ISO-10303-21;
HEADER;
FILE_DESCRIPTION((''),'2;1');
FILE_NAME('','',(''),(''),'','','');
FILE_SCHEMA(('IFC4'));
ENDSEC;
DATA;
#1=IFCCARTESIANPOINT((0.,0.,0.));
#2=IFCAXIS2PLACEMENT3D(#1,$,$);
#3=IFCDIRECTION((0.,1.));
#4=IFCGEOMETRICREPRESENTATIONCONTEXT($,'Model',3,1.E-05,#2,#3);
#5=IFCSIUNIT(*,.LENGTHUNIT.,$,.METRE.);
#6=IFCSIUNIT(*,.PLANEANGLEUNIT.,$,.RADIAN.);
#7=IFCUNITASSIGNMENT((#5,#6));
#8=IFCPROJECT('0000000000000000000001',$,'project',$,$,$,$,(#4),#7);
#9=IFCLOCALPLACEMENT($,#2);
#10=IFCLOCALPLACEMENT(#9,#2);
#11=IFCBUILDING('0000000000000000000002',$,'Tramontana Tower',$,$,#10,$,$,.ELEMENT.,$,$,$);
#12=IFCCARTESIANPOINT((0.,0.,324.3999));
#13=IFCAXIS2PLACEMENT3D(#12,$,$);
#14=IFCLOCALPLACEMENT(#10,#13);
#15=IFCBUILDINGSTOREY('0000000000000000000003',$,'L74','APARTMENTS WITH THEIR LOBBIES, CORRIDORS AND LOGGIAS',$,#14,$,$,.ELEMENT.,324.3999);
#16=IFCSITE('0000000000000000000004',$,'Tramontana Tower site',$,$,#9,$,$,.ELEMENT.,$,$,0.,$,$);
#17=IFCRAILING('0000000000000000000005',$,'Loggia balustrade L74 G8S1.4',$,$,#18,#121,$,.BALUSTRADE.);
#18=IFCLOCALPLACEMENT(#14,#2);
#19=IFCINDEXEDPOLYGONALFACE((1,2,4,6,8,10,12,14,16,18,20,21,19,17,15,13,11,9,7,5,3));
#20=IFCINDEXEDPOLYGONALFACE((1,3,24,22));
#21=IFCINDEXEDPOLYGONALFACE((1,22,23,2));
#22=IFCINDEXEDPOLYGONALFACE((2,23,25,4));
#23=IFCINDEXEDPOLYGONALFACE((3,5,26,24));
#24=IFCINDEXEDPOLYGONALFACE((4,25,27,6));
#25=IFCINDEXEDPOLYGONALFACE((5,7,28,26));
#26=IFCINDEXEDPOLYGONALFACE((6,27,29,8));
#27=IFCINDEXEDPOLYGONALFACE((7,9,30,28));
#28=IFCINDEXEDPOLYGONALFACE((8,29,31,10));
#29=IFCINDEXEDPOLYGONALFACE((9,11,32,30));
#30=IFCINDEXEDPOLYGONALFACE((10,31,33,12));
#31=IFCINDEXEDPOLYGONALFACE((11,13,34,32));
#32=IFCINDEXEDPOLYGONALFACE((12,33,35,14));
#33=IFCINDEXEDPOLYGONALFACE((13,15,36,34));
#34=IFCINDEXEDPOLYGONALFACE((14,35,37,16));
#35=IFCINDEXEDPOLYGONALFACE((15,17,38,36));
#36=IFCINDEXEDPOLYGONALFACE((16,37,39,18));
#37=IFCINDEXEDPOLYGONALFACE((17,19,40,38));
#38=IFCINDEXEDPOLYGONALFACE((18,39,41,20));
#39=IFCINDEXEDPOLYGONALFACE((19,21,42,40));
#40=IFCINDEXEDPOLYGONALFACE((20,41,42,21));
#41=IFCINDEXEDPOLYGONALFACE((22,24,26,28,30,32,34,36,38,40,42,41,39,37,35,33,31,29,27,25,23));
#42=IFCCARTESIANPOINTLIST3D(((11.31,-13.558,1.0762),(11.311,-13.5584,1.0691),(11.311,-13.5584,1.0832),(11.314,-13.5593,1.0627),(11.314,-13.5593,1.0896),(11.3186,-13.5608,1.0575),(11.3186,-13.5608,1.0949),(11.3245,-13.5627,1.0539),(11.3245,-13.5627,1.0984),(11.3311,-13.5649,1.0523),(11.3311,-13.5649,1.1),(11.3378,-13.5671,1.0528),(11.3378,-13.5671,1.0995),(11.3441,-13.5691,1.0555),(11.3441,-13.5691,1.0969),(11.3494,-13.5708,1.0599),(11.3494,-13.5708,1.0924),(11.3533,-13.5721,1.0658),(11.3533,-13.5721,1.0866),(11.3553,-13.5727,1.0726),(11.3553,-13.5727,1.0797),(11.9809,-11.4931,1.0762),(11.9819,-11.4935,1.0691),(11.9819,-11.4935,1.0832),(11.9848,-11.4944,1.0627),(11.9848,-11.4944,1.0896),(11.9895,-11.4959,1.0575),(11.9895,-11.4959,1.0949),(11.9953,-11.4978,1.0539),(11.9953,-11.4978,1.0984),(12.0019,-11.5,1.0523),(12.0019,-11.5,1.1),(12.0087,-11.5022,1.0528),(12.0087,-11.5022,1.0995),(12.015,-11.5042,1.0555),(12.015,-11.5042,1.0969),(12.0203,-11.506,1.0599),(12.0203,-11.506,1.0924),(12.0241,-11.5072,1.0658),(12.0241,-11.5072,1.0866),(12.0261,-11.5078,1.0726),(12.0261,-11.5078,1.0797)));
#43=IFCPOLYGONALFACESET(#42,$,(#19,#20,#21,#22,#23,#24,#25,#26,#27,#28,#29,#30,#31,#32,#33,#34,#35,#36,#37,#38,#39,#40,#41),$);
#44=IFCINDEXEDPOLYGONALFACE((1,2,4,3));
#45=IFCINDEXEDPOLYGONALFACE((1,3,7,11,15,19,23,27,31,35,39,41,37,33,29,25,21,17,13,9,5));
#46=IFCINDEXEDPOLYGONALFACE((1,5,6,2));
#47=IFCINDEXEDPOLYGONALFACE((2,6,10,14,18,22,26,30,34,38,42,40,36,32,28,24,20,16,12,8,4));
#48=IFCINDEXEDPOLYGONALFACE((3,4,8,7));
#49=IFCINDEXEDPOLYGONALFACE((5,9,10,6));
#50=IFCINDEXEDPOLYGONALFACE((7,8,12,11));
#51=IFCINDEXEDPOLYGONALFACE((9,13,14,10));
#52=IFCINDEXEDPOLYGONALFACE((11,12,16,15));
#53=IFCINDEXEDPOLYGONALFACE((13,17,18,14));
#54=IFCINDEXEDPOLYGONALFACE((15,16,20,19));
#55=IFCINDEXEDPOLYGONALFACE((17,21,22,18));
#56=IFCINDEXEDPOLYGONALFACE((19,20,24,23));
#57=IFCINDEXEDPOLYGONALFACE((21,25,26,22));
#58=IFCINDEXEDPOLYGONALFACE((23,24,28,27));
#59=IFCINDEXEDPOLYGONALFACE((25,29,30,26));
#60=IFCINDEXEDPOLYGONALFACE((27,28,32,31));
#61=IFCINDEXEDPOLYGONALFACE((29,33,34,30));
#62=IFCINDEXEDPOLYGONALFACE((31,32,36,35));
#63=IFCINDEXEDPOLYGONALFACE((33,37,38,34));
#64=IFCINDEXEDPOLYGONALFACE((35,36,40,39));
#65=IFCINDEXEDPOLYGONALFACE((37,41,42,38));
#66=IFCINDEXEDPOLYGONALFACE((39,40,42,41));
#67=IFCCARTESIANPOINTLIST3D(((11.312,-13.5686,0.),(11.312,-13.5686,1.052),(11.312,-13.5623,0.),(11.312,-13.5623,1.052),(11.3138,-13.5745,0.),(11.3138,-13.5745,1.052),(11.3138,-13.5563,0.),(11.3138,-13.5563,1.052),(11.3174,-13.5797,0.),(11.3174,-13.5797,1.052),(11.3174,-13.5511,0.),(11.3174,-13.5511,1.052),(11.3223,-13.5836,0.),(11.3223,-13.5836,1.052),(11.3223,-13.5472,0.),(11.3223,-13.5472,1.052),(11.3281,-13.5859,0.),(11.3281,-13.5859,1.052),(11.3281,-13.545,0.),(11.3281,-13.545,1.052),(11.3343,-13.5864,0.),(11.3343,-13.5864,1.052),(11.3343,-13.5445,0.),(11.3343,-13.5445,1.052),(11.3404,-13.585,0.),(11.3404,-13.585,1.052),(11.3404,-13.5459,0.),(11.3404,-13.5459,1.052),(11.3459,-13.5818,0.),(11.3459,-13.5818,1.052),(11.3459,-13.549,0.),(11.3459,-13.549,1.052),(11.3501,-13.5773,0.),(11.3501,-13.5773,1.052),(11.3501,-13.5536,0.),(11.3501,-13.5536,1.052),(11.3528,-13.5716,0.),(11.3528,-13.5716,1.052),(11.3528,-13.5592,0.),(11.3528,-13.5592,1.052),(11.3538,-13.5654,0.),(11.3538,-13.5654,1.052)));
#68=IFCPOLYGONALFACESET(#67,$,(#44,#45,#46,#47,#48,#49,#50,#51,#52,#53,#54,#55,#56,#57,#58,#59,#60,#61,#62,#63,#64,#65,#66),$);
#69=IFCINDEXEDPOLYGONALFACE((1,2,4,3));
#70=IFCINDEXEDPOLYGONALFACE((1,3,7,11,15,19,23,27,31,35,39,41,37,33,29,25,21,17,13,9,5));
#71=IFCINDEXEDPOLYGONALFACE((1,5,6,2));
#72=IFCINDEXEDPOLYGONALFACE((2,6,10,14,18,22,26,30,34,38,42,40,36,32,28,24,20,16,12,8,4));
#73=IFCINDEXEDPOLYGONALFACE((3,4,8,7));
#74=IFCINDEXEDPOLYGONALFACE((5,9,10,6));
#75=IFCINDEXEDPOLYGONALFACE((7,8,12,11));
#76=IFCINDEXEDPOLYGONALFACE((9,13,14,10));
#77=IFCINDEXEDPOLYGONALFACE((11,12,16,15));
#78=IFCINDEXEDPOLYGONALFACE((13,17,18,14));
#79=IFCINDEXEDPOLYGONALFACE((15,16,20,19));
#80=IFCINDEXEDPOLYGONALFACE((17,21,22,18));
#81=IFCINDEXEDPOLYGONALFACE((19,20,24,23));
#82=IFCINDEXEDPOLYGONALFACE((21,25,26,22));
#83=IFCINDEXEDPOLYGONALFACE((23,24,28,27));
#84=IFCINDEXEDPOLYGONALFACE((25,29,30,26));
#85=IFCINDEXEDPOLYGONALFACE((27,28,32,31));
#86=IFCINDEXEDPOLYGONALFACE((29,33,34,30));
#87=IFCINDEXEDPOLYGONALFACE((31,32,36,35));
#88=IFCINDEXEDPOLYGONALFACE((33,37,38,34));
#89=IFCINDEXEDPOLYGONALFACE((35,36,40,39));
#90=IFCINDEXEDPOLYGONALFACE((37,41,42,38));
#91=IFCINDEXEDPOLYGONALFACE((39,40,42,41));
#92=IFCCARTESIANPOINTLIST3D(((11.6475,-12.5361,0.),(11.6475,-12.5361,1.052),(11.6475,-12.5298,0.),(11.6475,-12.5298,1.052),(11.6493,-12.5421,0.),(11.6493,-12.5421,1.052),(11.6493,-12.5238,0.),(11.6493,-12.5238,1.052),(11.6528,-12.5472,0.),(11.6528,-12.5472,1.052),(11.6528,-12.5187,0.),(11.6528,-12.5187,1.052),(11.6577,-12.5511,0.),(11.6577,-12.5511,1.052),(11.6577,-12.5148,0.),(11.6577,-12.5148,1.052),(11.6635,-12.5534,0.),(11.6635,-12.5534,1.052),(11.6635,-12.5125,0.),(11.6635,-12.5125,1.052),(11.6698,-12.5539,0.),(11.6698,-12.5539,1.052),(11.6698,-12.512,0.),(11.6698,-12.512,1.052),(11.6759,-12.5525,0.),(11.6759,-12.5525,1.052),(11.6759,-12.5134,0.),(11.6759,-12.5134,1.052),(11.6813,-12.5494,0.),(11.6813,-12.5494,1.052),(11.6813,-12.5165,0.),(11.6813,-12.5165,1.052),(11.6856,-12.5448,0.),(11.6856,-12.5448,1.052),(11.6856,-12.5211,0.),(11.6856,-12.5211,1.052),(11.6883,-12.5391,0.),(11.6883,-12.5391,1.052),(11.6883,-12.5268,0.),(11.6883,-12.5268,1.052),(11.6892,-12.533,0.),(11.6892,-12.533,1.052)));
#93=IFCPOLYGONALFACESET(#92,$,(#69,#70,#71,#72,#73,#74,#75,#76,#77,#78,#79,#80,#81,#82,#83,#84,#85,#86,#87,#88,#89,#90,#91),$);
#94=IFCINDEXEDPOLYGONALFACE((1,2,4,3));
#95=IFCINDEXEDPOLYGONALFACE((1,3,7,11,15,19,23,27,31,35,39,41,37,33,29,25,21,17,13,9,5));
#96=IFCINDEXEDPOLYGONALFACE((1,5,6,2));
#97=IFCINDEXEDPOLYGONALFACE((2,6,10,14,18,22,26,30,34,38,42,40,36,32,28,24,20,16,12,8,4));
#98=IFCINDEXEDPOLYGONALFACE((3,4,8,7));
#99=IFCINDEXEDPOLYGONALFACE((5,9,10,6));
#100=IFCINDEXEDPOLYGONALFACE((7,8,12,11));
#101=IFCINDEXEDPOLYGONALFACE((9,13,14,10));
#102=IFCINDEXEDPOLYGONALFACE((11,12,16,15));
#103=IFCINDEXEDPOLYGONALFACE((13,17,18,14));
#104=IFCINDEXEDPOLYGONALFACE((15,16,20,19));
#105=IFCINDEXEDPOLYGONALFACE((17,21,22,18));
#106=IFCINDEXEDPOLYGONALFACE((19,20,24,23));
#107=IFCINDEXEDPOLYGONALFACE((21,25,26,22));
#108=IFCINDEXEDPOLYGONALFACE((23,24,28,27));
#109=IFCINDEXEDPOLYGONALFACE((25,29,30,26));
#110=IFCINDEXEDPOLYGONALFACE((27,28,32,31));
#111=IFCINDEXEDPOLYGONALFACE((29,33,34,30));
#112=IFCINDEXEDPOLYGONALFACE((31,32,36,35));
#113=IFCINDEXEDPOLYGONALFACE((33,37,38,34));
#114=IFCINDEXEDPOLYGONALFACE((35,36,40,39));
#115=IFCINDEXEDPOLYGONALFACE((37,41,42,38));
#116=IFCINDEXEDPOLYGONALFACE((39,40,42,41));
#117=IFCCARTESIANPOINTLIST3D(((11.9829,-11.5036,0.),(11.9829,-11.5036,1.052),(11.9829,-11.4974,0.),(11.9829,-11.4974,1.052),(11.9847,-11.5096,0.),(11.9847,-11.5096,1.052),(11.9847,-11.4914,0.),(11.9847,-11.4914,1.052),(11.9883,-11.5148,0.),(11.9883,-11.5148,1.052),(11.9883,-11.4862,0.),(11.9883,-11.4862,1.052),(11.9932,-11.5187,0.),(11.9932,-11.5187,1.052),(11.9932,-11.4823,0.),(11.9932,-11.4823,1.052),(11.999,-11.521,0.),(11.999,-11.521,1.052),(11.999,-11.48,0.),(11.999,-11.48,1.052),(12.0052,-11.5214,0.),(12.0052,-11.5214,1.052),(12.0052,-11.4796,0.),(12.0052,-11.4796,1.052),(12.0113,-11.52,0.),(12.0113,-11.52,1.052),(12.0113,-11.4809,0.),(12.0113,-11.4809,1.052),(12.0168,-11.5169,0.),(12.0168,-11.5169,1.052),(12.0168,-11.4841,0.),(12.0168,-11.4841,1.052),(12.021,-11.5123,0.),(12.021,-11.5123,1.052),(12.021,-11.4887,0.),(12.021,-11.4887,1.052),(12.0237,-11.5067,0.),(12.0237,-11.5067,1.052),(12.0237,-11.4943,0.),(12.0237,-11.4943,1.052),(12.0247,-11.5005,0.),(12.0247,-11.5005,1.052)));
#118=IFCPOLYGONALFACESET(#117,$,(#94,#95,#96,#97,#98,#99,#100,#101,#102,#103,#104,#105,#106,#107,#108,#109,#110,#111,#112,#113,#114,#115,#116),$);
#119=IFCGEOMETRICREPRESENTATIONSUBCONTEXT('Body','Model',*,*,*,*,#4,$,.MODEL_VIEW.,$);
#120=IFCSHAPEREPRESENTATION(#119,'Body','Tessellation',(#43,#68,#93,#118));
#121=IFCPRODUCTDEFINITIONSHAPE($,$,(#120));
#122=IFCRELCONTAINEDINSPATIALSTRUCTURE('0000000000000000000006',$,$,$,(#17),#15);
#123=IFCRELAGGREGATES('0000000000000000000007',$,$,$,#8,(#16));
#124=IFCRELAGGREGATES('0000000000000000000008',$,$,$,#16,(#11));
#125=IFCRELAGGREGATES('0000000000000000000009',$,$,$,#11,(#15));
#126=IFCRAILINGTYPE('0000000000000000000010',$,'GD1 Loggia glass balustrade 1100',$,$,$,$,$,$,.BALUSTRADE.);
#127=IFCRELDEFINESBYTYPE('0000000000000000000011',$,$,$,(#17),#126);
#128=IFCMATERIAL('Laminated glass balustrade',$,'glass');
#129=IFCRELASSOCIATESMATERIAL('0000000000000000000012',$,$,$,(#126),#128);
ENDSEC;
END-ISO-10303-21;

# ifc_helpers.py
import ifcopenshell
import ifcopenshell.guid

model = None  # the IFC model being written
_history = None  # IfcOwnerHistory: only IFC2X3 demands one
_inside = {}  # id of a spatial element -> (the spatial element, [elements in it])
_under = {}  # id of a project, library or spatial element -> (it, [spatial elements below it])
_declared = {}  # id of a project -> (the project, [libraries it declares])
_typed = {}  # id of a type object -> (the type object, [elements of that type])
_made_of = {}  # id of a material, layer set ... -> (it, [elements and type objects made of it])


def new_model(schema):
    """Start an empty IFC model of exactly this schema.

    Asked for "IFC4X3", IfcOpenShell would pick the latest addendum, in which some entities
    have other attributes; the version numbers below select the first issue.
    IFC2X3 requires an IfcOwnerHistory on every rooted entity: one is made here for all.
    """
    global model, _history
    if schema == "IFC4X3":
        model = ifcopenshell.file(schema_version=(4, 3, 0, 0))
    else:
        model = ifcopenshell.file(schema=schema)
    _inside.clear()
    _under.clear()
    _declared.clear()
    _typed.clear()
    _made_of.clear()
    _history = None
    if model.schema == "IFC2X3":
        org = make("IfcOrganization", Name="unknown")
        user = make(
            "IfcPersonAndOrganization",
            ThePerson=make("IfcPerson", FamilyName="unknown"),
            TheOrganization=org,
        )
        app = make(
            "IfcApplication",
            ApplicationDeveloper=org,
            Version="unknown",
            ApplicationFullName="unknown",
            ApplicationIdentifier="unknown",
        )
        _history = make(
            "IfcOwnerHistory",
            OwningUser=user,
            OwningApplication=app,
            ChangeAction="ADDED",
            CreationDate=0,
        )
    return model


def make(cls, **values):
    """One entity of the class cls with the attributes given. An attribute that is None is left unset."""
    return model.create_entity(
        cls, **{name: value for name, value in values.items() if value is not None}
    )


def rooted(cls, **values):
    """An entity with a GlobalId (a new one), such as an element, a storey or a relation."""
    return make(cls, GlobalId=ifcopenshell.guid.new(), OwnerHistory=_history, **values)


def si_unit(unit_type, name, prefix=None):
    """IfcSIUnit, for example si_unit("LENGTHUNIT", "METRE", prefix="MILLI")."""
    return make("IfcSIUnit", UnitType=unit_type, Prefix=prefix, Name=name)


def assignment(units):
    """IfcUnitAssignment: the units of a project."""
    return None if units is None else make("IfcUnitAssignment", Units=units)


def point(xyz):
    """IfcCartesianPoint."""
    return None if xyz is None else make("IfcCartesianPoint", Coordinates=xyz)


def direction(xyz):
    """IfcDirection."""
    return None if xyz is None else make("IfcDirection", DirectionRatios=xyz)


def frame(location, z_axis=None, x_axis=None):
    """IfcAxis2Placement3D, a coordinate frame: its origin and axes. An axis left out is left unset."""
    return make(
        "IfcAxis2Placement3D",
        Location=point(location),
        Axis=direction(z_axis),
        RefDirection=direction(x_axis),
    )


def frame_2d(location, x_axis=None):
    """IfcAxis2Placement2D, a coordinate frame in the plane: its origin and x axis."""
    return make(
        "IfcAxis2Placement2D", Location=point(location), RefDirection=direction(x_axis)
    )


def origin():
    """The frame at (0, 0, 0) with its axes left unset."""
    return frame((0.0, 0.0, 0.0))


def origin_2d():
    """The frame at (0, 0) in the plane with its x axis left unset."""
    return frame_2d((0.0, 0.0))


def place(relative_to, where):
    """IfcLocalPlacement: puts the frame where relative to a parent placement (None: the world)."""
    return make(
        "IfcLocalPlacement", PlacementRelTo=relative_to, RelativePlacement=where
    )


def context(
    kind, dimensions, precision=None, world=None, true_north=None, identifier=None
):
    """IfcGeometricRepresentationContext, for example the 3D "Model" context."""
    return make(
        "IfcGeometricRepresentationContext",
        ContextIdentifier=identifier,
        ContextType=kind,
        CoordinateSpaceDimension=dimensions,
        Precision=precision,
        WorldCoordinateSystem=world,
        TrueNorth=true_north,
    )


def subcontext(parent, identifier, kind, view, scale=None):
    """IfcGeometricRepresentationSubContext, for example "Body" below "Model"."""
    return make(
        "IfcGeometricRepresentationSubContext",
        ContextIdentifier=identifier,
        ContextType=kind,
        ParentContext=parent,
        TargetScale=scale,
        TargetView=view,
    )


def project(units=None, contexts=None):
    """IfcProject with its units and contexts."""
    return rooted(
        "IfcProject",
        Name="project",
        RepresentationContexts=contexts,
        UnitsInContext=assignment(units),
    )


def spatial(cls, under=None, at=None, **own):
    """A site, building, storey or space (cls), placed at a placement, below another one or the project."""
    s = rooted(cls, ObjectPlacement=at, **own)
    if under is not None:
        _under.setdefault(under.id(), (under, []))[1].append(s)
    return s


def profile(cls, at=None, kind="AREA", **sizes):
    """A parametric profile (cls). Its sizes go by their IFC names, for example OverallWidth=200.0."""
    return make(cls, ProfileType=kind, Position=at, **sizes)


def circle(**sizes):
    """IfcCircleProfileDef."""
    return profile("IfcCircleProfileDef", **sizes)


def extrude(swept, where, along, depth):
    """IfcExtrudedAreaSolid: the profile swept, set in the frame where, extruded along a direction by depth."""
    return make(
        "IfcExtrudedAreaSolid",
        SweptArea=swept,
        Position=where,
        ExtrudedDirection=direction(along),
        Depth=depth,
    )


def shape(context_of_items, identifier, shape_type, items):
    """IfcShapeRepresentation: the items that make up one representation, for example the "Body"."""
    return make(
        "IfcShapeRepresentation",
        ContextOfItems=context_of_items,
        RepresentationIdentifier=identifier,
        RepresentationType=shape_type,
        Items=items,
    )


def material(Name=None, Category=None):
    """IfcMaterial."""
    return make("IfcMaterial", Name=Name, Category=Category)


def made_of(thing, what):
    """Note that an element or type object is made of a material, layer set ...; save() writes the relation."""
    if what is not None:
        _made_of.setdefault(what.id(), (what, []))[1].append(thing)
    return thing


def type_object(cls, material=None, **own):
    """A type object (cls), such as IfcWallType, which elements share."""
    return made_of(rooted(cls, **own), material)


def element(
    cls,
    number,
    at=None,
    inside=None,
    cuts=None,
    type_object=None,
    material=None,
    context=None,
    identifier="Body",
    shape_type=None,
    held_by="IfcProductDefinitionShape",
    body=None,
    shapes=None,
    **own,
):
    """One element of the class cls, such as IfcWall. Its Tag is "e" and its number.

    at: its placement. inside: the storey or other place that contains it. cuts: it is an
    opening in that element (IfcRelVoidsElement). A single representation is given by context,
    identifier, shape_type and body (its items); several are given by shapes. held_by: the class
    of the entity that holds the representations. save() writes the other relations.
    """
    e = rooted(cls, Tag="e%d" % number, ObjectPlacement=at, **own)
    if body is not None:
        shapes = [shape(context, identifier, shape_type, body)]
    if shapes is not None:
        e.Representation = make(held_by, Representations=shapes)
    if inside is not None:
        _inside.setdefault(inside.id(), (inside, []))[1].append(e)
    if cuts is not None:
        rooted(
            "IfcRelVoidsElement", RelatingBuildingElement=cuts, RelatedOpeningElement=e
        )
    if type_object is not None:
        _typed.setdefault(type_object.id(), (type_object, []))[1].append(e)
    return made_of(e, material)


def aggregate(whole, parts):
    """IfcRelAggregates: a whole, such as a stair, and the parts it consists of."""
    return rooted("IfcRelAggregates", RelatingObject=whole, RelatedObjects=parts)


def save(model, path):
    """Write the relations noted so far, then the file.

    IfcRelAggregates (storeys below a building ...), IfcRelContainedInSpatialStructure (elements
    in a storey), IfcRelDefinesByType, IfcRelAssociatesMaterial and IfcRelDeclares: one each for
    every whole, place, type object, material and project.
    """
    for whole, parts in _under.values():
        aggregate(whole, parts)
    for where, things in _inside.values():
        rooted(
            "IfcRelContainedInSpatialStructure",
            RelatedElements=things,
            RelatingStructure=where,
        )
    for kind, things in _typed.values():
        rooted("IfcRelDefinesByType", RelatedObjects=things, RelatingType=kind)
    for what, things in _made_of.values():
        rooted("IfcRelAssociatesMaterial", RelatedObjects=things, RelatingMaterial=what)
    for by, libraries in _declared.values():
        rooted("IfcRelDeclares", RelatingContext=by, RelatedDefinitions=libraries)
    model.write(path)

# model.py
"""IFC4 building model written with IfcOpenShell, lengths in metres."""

from ifc_helpers import new_model, si_unit, direction, frame, origin, origin_2d, place, context, subcontext, project, spatial, circle, extrude, material, type_object, element, save


model = new_model("IFC4")

# Units and contexts
model_context = context("Model", 3, precision=1e-05, world=origin(), true_north=direction((0.0, 1.0)))
body_context = subcontext(model_context, "Body", "Model", "MODEL_VIEW")
ifc_project = project(units=[si_unit("LENGTHUNIT", "METRE"), si_unit("PLANEANGLEUNIT", "RADIAN")], contexts=[model_context])

# Site, building, storey
site_placement = place(None, origin())
site = spatial("IfcSite", under=ifc_project, at=site_placement, Name="Tramontana Tower site", CompositionType="ELEMENT", RefElevation=0.0)
building_placement = place(site_placement, origin())
building = spatial("IfcBuilding", under=site, at=building_placement, Name="Tramontana Tower", CompositionType="ELEMENT")
storey_placement = place(building_placement, frame((0.0, 0.0, 324.3999)))
storey = spatial("IfcBuildingStorey", under=building, at=storey_placement, Name="L74", Description="APARTMENTS WITH THEIR LOBBIES, CORRIDORS AND LOGGIAS", CompositionType="ELEMENT", Elevation=324.3999)

# Railing
ifc_material_1 = material(Name="Laminated glass balustrade", Category="glass")
railing_type = type_object("IfcRailingType", Name="GD1 Loggia glass balustrade 1100", PredefinedType="BALUSTRADE", material=ifc_material_1)
railing_placement = place(storey_placement, frame((11.3328, -13.5654, 0.0)))
element("IfcRailing", 1, at=railing_placement, inside=storey, type_object=railing_type, Name="Loggia balustrade L74 G8S1.4", PredefinedType="BALUSTRADE", context=body_context, shape_type="SweptSolid", body=[
    extrude(circle(Radius=0.0239, at=origin_2d()), frame((0.0, 0.0, 1.0762), z_axis=(0.309, 0.951062, 0.0), x_axis=(-0.951062, 0.309, 0.0)), (0.0, 0.0, 1.0), 2.1711),
    extrude(circle(Radius=0.021, at=origin_2d()), origin(), (0.0, 0.0, 1.0), 1.052),
    extrude(circle(Radius=0.021, at=origin_2d()), frame((0.3354, 1.0325, 0.0)), (0.0, 0.0, 1.0), 1.052),
    extrude(circle(Radius=0.021, at=origin_2d()), frame((0.6709, 2.0649, 0.0)), (0.0, 0.0, 1.0), 1.052),
])

save(model, "model.ifc")
